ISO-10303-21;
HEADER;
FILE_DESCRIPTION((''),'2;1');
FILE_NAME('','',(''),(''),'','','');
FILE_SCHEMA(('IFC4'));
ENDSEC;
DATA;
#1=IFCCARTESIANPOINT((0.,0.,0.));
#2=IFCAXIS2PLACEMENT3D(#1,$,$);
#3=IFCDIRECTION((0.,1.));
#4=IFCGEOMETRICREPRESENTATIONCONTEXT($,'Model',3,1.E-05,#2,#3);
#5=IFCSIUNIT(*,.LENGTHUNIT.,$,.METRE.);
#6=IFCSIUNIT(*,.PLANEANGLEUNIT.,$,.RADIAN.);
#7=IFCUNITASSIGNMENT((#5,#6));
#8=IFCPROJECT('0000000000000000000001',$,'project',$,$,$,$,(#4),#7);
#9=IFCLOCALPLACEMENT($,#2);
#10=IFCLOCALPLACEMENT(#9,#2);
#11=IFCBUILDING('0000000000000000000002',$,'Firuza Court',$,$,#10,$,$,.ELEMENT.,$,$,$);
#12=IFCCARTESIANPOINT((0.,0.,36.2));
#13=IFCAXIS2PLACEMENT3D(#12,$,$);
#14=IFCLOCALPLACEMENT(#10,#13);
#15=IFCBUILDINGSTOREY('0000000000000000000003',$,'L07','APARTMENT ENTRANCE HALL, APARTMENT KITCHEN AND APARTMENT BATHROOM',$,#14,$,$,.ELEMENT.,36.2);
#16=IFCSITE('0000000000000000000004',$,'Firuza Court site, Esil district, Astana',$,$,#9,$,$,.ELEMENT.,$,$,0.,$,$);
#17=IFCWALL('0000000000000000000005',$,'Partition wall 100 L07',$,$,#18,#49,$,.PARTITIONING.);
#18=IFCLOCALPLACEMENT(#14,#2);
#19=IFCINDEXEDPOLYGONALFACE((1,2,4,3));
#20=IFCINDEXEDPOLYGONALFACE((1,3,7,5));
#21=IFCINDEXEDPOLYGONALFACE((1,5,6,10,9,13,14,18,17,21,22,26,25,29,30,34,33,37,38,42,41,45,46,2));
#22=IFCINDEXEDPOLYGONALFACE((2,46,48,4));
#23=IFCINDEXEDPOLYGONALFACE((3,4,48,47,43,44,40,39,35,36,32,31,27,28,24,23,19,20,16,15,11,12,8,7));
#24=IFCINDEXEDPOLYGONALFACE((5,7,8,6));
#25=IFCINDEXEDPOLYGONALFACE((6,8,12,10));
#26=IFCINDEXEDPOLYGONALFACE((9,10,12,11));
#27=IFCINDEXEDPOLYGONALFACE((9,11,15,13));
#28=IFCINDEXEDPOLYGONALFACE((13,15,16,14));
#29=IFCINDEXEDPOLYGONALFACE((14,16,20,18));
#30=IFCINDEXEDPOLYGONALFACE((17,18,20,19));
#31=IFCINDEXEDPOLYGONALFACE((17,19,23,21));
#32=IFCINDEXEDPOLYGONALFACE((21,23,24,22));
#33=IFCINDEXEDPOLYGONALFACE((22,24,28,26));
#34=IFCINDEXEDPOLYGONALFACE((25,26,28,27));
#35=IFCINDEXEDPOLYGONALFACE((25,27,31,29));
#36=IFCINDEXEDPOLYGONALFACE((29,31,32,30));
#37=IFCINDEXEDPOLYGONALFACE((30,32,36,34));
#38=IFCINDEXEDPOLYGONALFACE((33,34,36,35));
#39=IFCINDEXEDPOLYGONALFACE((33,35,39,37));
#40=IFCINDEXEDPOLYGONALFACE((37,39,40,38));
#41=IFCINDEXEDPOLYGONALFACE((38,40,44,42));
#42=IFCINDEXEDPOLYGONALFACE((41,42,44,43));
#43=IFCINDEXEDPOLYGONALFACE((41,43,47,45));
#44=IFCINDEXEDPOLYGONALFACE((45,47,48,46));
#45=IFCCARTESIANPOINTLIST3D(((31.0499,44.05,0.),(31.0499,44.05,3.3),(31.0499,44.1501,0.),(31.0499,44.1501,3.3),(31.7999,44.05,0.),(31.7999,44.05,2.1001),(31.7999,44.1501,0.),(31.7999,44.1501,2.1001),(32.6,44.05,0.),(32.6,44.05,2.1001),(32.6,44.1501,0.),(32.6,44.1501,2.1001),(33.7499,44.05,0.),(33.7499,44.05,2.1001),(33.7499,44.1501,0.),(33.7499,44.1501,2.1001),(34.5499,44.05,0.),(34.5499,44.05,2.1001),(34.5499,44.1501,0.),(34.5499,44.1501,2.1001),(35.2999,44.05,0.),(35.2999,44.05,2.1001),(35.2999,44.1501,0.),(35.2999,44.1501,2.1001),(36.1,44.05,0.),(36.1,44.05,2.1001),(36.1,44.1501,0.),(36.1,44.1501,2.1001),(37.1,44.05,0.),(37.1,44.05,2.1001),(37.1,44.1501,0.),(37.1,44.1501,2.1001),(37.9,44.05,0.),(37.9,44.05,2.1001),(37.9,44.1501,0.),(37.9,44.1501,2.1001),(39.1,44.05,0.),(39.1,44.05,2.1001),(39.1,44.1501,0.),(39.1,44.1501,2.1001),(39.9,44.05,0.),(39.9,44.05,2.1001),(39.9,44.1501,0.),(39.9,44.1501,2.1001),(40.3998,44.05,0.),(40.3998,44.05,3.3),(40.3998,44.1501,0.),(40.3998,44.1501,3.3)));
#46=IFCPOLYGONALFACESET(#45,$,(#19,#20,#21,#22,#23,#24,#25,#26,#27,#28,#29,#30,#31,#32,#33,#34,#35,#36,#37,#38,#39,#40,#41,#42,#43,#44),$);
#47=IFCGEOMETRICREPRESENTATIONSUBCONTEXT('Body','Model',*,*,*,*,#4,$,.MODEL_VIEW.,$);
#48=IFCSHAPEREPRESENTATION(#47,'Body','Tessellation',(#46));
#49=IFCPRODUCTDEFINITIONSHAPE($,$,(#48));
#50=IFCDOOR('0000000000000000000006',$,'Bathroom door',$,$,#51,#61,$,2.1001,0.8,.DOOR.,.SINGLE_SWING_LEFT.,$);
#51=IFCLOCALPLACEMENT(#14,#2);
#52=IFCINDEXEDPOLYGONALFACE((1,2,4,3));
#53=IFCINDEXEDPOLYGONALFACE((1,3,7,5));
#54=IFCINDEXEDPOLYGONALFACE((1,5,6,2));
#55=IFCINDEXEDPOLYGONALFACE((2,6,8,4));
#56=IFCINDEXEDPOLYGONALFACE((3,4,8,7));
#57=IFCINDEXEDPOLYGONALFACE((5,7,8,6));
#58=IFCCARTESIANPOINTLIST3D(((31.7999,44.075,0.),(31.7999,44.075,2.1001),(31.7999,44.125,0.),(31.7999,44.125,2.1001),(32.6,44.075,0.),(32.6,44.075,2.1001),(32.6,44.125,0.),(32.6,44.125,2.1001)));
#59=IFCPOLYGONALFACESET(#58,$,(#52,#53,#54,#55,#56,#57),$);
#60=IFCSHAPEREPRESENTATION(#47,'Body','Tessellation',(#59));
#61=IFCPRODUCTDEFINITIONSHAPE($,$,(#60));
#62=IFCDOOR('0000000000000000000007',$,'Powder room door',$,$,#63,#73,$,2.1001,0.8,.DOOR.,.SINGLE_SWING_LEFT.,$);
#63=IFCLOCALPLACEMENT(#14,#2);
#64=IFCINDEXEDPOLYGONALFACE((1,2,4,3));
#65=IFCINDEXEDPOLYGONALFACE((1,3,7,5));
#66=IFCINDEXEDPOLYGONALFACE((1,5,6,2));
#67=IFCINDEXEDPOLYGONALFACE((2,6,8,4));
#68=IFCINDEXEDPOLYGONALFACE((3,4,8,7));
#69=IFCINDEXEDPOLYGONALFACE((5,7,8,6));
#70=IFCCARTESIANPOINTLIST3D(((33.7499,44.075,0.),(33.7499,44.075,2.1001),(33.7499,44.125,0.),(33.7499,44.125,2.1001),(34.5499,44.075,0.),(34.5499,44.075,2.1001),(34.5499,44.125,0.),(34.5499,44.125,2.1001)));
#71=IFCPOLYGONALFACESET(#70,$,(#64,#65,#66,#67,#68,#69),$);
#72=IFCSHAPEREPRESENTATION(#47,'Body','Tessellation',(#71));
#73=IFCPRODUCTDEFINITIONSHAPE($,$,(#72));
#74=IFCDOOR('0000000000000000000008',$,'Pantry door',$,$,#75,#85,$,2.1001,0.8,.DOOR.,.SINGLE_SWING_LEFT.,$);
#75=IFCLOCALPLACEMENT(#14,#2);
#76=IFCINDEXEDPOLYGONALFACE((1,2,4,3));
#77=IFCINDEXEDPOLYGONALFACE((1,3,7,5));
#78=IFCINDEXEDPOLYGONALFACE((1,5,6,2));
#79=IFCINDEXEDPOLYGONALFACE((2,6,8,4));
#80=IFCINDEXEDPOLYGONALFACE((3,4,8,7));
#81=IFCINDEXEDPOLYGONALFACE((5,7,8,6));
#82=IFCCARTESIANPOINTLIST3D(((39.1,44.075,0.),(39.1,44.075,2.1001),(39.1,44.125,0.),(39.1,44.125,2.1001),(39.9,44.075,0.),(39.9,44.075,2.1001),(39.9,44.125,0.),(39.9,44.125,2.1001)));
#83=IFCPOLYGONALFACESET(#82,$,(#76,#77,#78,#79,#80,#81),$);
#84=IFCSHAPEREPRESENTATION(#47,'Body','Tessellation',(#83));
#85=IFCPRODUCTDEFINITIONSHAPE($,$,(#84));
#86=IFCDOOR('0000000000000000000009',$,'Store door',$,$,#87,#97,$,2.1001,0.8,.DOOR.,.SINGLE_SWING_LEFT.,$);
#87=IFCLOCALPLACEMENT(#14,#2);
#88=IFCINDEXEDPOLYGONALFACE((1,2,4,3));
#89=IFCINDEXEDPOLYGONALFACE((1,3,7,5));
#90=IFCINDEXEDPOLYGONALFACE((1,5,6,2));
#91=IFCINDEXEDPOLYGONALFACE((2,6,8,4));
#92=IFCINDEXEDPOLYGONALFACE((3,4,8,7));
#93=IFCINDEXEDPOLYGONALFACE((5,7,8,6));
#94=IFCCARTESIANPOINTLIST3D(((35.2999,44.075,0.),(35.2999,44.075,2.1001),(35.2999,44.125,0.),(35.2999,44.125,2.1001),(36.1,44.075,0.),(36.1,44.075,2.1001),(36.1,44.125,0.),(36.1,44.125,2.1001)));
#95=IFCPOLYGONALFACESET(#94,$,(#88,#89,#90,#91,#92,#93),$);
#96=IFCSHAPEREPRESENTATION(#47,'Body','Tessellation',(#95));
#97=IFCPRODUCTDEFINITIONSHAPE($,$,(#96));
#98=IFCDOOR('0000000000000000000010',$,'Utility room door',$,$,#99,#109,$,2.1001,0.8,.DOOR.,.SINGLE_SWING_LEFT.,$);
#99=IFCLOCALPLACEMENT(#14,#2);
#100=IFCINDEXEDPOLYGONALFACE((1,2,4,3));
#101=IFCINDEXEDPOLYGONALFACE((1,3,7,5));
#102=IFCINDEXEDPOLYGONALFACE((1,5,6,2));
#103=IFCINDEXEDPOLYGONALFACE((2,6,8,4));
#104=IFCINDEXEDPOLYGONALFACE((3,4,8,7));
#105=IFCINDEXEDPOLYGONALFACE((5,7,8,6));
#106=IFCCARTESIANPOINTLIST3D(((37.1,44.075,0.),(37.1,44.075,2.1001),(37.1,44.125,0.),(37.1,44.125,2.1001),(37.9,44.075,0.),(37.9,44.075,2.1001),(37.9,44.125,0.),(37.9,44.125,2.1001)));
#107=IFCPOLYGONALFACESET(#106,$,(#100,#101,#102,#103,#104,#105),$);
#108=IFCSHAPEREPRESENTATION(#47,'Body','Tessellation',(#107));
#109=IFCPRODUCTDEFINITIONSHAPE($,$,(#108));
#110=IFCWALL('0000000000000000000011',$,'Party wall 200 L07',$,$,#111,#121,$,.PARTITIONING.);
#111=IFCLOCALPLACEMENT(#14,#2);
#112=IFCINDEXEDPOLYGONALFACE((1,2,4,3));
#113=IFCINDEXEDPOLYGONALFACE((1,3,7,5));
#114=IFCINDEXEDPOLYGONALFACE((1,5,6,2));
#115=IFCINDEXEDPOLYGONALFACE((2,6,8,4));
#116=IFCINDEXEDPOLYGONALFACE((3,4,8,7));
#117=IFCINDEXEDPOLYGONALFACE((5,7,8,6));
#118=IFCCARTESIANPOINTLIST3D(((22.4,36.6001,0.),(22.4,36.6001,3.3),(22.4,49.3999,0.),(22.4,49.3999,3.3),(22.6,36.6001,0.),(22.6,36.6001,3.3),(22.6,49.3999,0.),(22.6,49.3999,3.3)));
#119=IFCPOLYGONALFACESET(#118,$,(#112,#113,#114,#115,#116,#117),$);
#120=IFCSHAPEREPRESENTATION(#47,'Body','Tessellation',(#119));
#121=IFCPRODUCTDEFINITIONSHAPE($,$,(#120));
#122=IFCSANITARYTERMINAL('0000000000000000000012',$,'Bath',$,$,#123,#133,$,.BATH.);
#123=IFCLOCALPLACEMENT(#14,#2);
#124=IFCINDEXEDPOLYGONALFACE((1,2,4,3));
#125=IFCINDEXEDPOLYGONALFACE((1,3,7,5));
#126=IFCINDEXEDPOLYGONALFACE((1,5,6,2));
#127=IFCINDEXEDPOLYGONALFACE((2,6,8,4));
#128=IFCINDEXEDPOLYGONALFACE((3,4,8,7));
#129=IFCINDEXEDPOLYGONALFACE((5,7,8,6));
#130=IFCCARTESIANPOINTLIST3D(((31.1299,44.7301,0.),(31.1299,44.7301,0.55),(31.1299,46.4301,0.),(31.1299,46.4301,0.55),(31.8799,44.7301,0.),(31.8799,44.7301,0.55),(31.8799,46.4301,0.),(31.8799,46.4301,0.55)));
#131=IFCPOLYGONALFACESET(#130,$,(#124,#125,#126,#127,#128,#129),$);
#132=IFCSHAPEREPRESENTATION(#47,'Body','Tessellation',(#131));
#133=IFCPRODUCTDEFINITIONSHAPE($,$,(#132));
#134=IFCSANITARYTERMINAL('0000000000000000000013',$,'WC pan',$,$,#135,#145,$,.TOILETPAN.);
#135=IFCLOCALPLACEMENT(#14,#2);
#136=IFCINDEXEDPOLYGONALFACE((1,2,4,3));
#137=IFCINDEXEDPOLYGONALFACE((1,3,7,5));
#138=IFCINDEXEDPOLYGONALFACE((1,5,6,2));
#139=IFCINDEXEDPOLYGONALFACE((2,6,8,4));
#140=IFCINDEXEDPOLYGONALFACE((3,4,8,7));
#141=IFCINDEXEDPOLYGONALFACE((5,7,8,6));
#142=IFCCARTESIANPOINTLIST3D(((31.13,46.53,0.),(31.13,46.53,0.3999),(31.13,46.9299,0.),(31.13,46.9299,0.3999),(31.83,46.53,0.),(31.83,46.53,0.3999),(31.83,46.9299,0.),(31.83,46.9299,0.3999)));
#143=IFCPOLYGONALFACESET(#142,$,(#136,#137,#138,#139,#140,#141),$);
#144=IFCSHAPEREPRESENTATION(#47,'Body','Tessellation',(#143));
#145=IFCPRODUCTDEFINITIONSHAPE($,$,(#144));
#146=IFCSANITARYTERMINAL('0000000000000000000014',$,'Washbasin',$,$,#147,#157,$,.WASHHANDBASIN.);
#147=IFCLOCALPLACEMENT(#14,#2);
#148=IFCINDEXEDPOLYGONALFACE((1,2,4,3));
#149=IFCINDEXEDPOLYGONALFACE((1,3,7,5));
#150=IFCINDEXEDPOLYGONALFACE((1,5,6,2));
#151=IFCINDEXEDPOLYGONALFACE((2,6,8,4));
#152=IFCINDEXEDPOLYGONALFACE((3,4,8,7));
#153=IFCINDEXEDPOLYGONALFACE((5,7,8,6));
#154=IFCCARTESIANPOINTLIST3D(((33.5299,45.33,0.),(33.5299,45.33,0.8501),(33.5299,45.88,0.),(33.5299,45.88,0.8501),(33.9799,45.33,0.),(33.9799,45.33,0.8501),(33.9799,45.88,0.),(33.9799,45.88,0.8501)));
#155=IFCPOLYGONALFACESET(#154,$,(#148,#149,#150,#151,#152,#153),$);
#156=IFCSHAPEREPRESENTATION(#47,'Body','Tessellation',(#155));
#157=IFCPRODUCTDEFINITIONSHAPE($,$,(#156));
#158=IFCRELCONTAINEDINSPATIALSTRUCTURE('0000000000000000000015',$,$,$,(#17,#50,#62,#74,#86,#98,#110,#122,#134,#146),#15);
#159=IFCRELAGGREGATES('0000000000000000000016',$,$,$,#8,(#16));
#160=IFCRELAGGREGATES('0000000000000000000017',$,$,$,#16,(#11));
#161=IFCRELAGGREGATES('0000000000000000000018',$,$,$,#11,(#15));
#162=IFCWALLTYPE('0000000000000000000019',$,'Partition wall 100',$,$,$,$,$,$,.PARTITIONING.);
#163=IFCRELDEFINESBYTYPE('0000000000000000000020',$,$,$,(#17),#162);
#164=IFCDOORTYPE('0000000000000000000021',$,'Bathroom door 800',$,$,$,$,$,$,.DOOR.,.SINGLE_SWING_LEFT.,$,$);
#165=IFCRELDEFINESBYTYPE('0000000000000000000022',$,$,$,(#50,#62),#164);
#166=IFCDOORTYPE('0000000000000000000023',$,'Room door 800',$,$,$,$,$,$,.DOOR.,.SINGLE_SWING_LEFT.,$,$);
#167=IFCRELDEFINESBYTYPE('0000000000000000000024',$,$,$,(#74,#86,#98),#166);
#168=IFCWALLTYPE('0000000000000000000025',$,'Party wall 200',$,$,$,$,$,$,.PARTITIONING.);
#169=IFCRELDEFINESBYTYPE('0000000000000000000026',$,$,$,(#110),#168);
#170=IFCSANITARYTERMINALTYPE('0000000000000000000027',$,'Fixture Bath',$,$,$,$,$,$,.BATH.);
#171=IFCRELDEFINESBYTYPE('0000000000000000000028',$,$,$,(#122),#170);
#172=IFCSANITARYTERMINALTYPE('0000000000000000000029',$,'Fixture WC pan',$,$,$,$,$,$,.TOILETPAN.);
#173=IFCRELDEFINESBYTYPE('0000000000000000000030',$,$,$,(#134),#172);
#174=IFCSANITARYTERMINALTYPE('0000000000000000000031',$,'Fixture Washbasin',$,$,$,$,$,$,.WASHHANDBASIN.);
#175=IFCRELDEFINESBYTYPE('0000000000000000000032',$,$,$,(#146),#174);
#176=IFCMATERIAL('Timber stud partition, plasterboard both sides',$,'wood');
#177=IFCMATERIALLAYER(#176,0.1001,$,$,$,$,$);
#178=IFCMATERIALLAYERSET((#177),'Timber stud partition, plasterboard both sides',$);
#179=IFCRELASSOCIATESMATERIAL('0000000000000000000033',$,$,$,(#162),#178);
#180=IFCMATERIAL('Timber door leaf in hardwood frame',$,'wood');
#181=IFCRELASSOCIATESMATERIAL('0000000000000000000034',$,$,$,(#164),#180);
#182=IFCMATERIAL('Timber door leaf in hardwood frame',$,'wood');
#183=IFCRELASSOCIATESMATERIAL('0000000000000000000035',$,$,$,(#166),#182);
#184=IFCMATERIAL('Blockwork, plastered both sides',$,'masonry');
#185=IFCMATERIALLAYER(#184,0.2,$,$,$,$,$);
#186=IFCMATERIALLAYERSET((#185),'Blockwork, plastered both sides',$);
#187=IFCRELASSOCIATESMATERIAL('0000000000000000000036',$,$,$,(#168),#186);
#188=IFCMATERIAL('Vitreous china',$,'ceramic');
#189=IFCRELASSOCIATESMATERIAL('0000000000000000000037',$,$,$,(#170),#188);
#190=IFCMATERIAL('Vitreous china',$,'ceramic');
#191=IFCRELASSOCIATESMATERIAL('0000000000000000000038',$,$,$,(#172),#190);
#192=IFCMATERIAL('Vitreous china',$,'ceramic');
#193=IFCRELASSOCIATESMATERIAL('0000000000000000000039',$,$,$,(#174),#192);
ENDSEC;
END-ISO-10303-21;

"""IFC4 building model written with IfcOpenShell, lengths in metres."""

from ifc_helpers import new_model, si_unit, direction, frame, frame_2d, origin, origin_2d, place, context, subcontext, project, spatial, rectangle, extrude, material, layer, layer_set, type_object, element, fill, save


model = new_model("IFC4")

# Units and contexts
model_context = context("Model", 3, precision=1e-05, world=origin(), true_north=direction((0.0, 1.0)))
body_context = subcontext(model_context, "Body", "Model", "MODEL_VIEW")
ifc_project = project(units=[si_unit("LENGTHUNIT", "METRE"), si_unit("PLANEANGLEUNIT", "RADIAN")], contexts=[model_context])

# Site, building, storey
site_placement = place(None, origin())
site = spatial("IfcSite", under=ifc_project, at=site_placement, Name="Firuza Court site, Esil district, Astana", CompositionType="ELEMENT", RefElevation=0.0)
building_placement = place(site_placement, origin())
building = spatial("IfcBuilding", under=site, at=building_placement, Name="Firuza Court", CompositionType="ELEMENT")
storey_placement = place(building_placement, frame((0.0, 0.0, 36.2)))
storey = spatial("IfcBuildingStorey", under=building, at=storey_placement, Name="L07", Description="APARTMENT ENTRANCE HALL, APARTMENT KITCHEN AND APARTMENT BATHROOM", CompositionType="ELEMENT", Elevation=36.2)

# Shared definitions
ifc_material_1 = material(Name="Timber stud partition, plasterboard both sides", Category="wood")
ifc_layer_1 = layer(ifc_material_1, 0.1001)
ifc_layer_set_1 = layer_set([ifc_layer_1], Name="Timber stud partition, plasterboard both sides")
wall_type_1 = type_object("IfcWallType", Name="Partition wall 100", PredefinedType="PARTITIONING", material=ifc_layer_set_1)

# Wall, openings, doors
wall_1_placement = place(storey_placement, frame((31.05, 44.1001, 0.0), z_axis=(0.0, 0.0, 1.0), x_axis=(1.0, 0.0, 0.0)))
wall_1 = element("IfcWall", 1, at=wall_1_placement, inside=storey, type_object=wall_type_1, Name="Partition wall 100 L07", PredefinedType="PARTITIONING", context=body_context, shape_type="SweptSolid", body=[
    extrude(rectangle(XDim=9.3499, YDim=0.1001, at=frame_2d((4.6748, 0.0))), origin(), (0.0, 0.0, 1.0), 3.3),
])
opening_1_placement = place(wall_1_placement, frame((0.75, 0.0, 0.0)))
opening_1 = element("IfcOpeningElement", 2, at=opening_1_placement, cuts=wall_1, PredefinedType="OPENING", context=body_context, shape_type="SweptSolid", body=[
    extrude(rectangle(XDim=0.8, YDim=2.1001, at=frame_2d((0.3999, 1.05))), frame((0.0, 0.062, 0.0), z_axis=(0.0, -1.0, 0.0), x_axis=(1.0, 0.0, 0.0)), (0.0, 0.0, 1.0), 0.124),
])
opening_2_placement = place(wall_1_placement, frame((8.05, 0.0, 0.0)))
opening_2 = element("IfcOpeningElement", 3, at=opening_2_placement, cuts=wall_1, PredefinedType="OPENING", context=body_context, shape_type="SweptSolid", body=[
    extrude(rectangle(XDim=0.8, YDim=2.1001, at=frame_2d((0.3999, 1.05))), frame((0.0, 0.062, 0.0), z_axis=(0.0, -1.0, 0.0), x_axis=(1.0, 0.0, 0.0)), (0.0, 0.0, 1.0), 0.124),
])
opening_3_placement = place(wall_1_placement, frame((4.25, 0.0, 0.0)))
opening_3 = element("IfcOpeningElement", 4, at=opening_3_placement, cuts=wall_1, PredefinedType="OPENING", context=body_context, shape_type="SweptSolid", body=[
    extrude(rectangle(XDim=0.8, YDim=2.1001, at=frame_2d((0.3999, 1.05))), frame((0.0, 0.062, 0.0), z_axis=(0.0, -1.0, 0.0), x_axis=(1.0, 0.0, 0.0)), (0.0, 0.0, 1.0), 0.124),
])
opening_4_placement = place(wall_1_placement, frame((6.05, 0.0, 0.0)))
opening_4 = element("IfcOpeningElement", 5, at=opening_4_placement, cuts=wall_1, PredefinedType="OPENING", context=body_context, shape_type="SweptSolid", body=[
    extrude(rectangle(XDim=0.8, YDim=2.1001, at=frame_2d((0.3999, 1.05))), frame((0.0, 0.062, 0.0), z_axis=(0.0, -1.0, 0.0), x_axis=(1.0, 0.0, 0.0)), (0.0, 0.0, 1.0), 0.124),
])
opening_5_placement = place(wall_1_placement, frame((2.7, 0.0, 0.0)))
opening_5 = element("IfcOpeningElement", 6, at=opening_5_placement, cuts=wall_1, PredefinedType="OPENING", context=body_context, shape_type="SweptSolid", body=[
    extrude(rectangle(XDim=0.8, YDim=2.1001, at=frame_2d((0.3999, 1.05))), frame((0.0, 0.062, 0.0), z_axis=(0.0, -1.0, 0.0), x_axis=(1.0, 0.0, 0.0)), (0.0, 0.0, 1.0), 0.124),
])
ifc_material_2 = material(Name="Timber door leaf in hardwood frame", Category="wood")
door_type_1 = type_object("IfcDoorType", Name="Bathroom door 800", OperationType="SINGLE_SWING_LEFT", PredefinedType="DOOR", material=ifc_material_2)
door_1_placement = place(opening_1_placement, origin())
door_1 = element("IfcDoor", 7, at=door_1_placement, inside=storey, type_object=door_type_1, Name="Bathroom door", OperationType="SINGLE_SWING_LEFT", OverallHeight=2.1001, OverallWidth=0.8, PredefinedType="DOOR", context=body_context, shape_type="SweptSolid", body=[
    extrude(rectangle(XDim=0.8, YDim=2.1001, at=frame_2d((0.3999, 1.05))), frame((0.0, 0.0249, 0.0), z_axis=(0.0, -1.0, 0.0), x_axis=(1.0, 0.0, 0.0)), (0.0, 0.0, 1.0), 0.05),
])
fill(opening_1, door_1)
door_2_placement = place(opening_5_placement, origin())
door_2 = element("IfcDoor", 8, at=door_2_placement, inside=storey, type_object=door_type_1, Name="Powder room door", OperationType="SINGLE_SWING_LEFT", OverallHeight=2.1001, OverallWidth=0.8, PredefinedType="DOOR", context=body_context, shape_type="SweptSolid", body=[
    extrude(rectangle(XDim=0.8, YDim=2.1001, at=frame_2d((0.3999, 1.05))), frame((0.0, 0.0249, 0.0), z_axis=(0.0, -1.0, 0.0), x_axis=(1.0, 0.0, 0.0)), (0.0, 0.0, 1.0), 0.05),
])
fill(opening_5, door_2)
ifc_material_3 = material(Name="Timber door leaf in hardwood frame", Category="wood")
door_type_2 = type_object("IfcDoorType", Name="Room door 800", OperationType="SINGLE_SWING_LEFT", PredefinedType="DOOR", material=ifc_material_3)
door_3_placement = place(opening_2_placement, origin())
door_3 = element("IfcDoor", 9, at=door_3_placement, inside=storey, type_object=door_type_2, Name="Pantry door", OperationType="SINGLE_SWING_LEFT", OverallHeight=2.1001, OverallWidth=0.8, PredefinedType="DOOR", context=body_context, shape_type="SweptSolid", body=[
    extrude(rectangle(XDim=0.8, YDim=2.1001, at=frame_2d((0.3999, 1.05))), frame((0.0, 0.0249, 0.0), z_axis=(0.0, -1.0, 0.0), x_axis=(1.0, 0.0, 0.0)), (0.0, 0.0, 1.0), 0.05),
])
fill(opening_2, door_3)
door_4_placement = place(opening_3_placement, origin())
door_4 = element("IfcDoor", 10, at=door_4_placement, inside=storey, type_object=door_type_2, Name="Store door", OperationType="SINGLE_SWING_LEFT", OverallHeight=2.1001, OverallWidth=0.8, PredefinedType="DOOR", context=body_context, shape_type="SweptSolid", body=[
    extrude(rectangle(XDim=0.8, YDim=2.1001, at=frame_2d((0.3999, 1.05))), frame((0.0, 0.0249, 0.0), z_axis=(0.0, -1.0, 0.0), x_axis=(1.0, 0.0, 0.0)), (0.0, 0.0, 1.0), 0.05),
])
fill(opening_3, door_4)
door_5_placement = place(opening_4_placement, origin())
door_5 = element("IfcDoor", 11, at=door_5_placement, inside=storey, type_object=door_type_2, Name="Utility room door", OperationType="SINGLE_SWING_LEFT", OverallHeight=2.1001, OverallWidth=0.8, PredefinedType="DOOR", context=body_context, shape_type="SweptSolid", body=[
    extrude(rectangle(XDim=0.8, YDim=2.1001, at=frame_2d((0.3999, 1.05))), frame((0.0, 0.0249, 0.0), z_axis=(0.0, -1.0, 0.0), x_axis=(1.0, 0.0, 0.0)), (0.0, 0.0, 1.0), 0.05),
])
fill(opening_4, door_5)

# Wall
ifc_material_4 = material(Name="Blockwork, plastered both sides", Category="masonry")
ifc_layer_2 = layer(ifc_material_4, 0.2)
ifc_layer_set_2 = layer_set([ifc_layer_2], Name="Blockwork, plastered both sides")
wall_type_2 = type_object("IfcWallType", Name="Party wall 200", PredefinedType="PARTITIONING", material=ifc_layer_set_2)
wall_2_placement = place(storey_placement, frame((22.5, 36.6001, 0.0), z_axis=(0.0, 0.0, 1.0), x_axis=(0.0, 1.0, 0.0)))
element("IfcWall", 12, at=wall_2_placement, inside=storey, type_object=wall_type_2, Name="Party wall 200 L07", PredefinedType="PARTITIONING", context=body_context, shape_type="SweptSolid", body=[
    extrude(rectangle(XDim=12.7998, YDim=0.2, at=frame_2d((6.3999, 0.0))), origin(), (0.0, 0.0, 1.0), 3.3),
])

# Sanitary terminals
ifc_material_5 = material(Name="Vitreous china", Category="ceramic")
sanitary_terminal_type_1 = type_object("IfcSanitaryTerminalType", Name="Fixture Bath", PredefinedType="BATH", material=ifc_material_5)
sanitary_terminal_1_placement = place(storey_placement, frame((31.5049, 45.5801, 0.0), z_axis=(0.0, 0.0, 1.0), x_axis=(1.0, 0.0, 0.0)))
element("IfcSanitaryTerminal", 13, at=sanitary_terminal_1_placement, inside=storey, type_object=sanitary_terminal_type_1, Name="Bath", PredefinedType="BATH", context=body_context, shape_type="SweptSolid", body=[
    extrude(rectangle(XDim=0.75, YDim=1.7, at=origin_2d()), origin(), (0.0, 0.0, 1.0), 0.55),
])
ifc_material_6 = material(Name="Vitreous china", Category="ceramic")
sanitary_terminal_type_2 = type_object("IfcSanitaryTerminalType", Name="Fixture WC pan", PredefinedType="TOILETPAN", material=ifc_material_6)
sanitary_terminal_2_placement = place(storey_placement, frame((31.48, 46.73, 0.0), z_axis=(0.0, 0.0, 1.0), x_axis=(1.0, 0.0, 0.0)))
element("IfcSanitaryTerminal", 14, at=sanitary_terminal_2_placement, inside=storey, type_object=sanitary_terminal_type_2, Name="WC pan", PredefinedType="TOILETPAN", context=body_context, shape_type="SweptSolid", body=[
    extrude(rectangle(XDim=0.7, YDim=0.3999, at=origin_2d()), origin(), (0.0, 0.0, 1.0), 0.3999),
])
ifc_material_7 = material(Name="Vitreous china", Category="ceramic")
sanitary_terminal_type_3 = type_object("IfcSanitaryTerminalType", Name="Fixture Washbasin", PredefinedType="WASHHANDBASIN", material=ifc_material_7)
sanitary_terminal_3_placement = place(storey_placement, frame((33.7549, 45.605, 0.0), z_axis=(0.0, 0.0, 1.0), x_axis=(1.0, 0.0, 0.0)))
element("IfcSanitaryTerminal", 15, at=sanitary_terminal_3_placement, inside=storey, type_object=sanitary_terminal_type_3, Name="Washbasin", PredefinedType="WASHHANDBASIN", context=body_context, shape_type="SweptSolid", body=[
    extrude(rectangle(XDim=0.45, YDim=0.55, at=origin_2d()), origin(), (0.0, 0.0, 1.0), 0.8501),
])

save(model, "model.ifc")
